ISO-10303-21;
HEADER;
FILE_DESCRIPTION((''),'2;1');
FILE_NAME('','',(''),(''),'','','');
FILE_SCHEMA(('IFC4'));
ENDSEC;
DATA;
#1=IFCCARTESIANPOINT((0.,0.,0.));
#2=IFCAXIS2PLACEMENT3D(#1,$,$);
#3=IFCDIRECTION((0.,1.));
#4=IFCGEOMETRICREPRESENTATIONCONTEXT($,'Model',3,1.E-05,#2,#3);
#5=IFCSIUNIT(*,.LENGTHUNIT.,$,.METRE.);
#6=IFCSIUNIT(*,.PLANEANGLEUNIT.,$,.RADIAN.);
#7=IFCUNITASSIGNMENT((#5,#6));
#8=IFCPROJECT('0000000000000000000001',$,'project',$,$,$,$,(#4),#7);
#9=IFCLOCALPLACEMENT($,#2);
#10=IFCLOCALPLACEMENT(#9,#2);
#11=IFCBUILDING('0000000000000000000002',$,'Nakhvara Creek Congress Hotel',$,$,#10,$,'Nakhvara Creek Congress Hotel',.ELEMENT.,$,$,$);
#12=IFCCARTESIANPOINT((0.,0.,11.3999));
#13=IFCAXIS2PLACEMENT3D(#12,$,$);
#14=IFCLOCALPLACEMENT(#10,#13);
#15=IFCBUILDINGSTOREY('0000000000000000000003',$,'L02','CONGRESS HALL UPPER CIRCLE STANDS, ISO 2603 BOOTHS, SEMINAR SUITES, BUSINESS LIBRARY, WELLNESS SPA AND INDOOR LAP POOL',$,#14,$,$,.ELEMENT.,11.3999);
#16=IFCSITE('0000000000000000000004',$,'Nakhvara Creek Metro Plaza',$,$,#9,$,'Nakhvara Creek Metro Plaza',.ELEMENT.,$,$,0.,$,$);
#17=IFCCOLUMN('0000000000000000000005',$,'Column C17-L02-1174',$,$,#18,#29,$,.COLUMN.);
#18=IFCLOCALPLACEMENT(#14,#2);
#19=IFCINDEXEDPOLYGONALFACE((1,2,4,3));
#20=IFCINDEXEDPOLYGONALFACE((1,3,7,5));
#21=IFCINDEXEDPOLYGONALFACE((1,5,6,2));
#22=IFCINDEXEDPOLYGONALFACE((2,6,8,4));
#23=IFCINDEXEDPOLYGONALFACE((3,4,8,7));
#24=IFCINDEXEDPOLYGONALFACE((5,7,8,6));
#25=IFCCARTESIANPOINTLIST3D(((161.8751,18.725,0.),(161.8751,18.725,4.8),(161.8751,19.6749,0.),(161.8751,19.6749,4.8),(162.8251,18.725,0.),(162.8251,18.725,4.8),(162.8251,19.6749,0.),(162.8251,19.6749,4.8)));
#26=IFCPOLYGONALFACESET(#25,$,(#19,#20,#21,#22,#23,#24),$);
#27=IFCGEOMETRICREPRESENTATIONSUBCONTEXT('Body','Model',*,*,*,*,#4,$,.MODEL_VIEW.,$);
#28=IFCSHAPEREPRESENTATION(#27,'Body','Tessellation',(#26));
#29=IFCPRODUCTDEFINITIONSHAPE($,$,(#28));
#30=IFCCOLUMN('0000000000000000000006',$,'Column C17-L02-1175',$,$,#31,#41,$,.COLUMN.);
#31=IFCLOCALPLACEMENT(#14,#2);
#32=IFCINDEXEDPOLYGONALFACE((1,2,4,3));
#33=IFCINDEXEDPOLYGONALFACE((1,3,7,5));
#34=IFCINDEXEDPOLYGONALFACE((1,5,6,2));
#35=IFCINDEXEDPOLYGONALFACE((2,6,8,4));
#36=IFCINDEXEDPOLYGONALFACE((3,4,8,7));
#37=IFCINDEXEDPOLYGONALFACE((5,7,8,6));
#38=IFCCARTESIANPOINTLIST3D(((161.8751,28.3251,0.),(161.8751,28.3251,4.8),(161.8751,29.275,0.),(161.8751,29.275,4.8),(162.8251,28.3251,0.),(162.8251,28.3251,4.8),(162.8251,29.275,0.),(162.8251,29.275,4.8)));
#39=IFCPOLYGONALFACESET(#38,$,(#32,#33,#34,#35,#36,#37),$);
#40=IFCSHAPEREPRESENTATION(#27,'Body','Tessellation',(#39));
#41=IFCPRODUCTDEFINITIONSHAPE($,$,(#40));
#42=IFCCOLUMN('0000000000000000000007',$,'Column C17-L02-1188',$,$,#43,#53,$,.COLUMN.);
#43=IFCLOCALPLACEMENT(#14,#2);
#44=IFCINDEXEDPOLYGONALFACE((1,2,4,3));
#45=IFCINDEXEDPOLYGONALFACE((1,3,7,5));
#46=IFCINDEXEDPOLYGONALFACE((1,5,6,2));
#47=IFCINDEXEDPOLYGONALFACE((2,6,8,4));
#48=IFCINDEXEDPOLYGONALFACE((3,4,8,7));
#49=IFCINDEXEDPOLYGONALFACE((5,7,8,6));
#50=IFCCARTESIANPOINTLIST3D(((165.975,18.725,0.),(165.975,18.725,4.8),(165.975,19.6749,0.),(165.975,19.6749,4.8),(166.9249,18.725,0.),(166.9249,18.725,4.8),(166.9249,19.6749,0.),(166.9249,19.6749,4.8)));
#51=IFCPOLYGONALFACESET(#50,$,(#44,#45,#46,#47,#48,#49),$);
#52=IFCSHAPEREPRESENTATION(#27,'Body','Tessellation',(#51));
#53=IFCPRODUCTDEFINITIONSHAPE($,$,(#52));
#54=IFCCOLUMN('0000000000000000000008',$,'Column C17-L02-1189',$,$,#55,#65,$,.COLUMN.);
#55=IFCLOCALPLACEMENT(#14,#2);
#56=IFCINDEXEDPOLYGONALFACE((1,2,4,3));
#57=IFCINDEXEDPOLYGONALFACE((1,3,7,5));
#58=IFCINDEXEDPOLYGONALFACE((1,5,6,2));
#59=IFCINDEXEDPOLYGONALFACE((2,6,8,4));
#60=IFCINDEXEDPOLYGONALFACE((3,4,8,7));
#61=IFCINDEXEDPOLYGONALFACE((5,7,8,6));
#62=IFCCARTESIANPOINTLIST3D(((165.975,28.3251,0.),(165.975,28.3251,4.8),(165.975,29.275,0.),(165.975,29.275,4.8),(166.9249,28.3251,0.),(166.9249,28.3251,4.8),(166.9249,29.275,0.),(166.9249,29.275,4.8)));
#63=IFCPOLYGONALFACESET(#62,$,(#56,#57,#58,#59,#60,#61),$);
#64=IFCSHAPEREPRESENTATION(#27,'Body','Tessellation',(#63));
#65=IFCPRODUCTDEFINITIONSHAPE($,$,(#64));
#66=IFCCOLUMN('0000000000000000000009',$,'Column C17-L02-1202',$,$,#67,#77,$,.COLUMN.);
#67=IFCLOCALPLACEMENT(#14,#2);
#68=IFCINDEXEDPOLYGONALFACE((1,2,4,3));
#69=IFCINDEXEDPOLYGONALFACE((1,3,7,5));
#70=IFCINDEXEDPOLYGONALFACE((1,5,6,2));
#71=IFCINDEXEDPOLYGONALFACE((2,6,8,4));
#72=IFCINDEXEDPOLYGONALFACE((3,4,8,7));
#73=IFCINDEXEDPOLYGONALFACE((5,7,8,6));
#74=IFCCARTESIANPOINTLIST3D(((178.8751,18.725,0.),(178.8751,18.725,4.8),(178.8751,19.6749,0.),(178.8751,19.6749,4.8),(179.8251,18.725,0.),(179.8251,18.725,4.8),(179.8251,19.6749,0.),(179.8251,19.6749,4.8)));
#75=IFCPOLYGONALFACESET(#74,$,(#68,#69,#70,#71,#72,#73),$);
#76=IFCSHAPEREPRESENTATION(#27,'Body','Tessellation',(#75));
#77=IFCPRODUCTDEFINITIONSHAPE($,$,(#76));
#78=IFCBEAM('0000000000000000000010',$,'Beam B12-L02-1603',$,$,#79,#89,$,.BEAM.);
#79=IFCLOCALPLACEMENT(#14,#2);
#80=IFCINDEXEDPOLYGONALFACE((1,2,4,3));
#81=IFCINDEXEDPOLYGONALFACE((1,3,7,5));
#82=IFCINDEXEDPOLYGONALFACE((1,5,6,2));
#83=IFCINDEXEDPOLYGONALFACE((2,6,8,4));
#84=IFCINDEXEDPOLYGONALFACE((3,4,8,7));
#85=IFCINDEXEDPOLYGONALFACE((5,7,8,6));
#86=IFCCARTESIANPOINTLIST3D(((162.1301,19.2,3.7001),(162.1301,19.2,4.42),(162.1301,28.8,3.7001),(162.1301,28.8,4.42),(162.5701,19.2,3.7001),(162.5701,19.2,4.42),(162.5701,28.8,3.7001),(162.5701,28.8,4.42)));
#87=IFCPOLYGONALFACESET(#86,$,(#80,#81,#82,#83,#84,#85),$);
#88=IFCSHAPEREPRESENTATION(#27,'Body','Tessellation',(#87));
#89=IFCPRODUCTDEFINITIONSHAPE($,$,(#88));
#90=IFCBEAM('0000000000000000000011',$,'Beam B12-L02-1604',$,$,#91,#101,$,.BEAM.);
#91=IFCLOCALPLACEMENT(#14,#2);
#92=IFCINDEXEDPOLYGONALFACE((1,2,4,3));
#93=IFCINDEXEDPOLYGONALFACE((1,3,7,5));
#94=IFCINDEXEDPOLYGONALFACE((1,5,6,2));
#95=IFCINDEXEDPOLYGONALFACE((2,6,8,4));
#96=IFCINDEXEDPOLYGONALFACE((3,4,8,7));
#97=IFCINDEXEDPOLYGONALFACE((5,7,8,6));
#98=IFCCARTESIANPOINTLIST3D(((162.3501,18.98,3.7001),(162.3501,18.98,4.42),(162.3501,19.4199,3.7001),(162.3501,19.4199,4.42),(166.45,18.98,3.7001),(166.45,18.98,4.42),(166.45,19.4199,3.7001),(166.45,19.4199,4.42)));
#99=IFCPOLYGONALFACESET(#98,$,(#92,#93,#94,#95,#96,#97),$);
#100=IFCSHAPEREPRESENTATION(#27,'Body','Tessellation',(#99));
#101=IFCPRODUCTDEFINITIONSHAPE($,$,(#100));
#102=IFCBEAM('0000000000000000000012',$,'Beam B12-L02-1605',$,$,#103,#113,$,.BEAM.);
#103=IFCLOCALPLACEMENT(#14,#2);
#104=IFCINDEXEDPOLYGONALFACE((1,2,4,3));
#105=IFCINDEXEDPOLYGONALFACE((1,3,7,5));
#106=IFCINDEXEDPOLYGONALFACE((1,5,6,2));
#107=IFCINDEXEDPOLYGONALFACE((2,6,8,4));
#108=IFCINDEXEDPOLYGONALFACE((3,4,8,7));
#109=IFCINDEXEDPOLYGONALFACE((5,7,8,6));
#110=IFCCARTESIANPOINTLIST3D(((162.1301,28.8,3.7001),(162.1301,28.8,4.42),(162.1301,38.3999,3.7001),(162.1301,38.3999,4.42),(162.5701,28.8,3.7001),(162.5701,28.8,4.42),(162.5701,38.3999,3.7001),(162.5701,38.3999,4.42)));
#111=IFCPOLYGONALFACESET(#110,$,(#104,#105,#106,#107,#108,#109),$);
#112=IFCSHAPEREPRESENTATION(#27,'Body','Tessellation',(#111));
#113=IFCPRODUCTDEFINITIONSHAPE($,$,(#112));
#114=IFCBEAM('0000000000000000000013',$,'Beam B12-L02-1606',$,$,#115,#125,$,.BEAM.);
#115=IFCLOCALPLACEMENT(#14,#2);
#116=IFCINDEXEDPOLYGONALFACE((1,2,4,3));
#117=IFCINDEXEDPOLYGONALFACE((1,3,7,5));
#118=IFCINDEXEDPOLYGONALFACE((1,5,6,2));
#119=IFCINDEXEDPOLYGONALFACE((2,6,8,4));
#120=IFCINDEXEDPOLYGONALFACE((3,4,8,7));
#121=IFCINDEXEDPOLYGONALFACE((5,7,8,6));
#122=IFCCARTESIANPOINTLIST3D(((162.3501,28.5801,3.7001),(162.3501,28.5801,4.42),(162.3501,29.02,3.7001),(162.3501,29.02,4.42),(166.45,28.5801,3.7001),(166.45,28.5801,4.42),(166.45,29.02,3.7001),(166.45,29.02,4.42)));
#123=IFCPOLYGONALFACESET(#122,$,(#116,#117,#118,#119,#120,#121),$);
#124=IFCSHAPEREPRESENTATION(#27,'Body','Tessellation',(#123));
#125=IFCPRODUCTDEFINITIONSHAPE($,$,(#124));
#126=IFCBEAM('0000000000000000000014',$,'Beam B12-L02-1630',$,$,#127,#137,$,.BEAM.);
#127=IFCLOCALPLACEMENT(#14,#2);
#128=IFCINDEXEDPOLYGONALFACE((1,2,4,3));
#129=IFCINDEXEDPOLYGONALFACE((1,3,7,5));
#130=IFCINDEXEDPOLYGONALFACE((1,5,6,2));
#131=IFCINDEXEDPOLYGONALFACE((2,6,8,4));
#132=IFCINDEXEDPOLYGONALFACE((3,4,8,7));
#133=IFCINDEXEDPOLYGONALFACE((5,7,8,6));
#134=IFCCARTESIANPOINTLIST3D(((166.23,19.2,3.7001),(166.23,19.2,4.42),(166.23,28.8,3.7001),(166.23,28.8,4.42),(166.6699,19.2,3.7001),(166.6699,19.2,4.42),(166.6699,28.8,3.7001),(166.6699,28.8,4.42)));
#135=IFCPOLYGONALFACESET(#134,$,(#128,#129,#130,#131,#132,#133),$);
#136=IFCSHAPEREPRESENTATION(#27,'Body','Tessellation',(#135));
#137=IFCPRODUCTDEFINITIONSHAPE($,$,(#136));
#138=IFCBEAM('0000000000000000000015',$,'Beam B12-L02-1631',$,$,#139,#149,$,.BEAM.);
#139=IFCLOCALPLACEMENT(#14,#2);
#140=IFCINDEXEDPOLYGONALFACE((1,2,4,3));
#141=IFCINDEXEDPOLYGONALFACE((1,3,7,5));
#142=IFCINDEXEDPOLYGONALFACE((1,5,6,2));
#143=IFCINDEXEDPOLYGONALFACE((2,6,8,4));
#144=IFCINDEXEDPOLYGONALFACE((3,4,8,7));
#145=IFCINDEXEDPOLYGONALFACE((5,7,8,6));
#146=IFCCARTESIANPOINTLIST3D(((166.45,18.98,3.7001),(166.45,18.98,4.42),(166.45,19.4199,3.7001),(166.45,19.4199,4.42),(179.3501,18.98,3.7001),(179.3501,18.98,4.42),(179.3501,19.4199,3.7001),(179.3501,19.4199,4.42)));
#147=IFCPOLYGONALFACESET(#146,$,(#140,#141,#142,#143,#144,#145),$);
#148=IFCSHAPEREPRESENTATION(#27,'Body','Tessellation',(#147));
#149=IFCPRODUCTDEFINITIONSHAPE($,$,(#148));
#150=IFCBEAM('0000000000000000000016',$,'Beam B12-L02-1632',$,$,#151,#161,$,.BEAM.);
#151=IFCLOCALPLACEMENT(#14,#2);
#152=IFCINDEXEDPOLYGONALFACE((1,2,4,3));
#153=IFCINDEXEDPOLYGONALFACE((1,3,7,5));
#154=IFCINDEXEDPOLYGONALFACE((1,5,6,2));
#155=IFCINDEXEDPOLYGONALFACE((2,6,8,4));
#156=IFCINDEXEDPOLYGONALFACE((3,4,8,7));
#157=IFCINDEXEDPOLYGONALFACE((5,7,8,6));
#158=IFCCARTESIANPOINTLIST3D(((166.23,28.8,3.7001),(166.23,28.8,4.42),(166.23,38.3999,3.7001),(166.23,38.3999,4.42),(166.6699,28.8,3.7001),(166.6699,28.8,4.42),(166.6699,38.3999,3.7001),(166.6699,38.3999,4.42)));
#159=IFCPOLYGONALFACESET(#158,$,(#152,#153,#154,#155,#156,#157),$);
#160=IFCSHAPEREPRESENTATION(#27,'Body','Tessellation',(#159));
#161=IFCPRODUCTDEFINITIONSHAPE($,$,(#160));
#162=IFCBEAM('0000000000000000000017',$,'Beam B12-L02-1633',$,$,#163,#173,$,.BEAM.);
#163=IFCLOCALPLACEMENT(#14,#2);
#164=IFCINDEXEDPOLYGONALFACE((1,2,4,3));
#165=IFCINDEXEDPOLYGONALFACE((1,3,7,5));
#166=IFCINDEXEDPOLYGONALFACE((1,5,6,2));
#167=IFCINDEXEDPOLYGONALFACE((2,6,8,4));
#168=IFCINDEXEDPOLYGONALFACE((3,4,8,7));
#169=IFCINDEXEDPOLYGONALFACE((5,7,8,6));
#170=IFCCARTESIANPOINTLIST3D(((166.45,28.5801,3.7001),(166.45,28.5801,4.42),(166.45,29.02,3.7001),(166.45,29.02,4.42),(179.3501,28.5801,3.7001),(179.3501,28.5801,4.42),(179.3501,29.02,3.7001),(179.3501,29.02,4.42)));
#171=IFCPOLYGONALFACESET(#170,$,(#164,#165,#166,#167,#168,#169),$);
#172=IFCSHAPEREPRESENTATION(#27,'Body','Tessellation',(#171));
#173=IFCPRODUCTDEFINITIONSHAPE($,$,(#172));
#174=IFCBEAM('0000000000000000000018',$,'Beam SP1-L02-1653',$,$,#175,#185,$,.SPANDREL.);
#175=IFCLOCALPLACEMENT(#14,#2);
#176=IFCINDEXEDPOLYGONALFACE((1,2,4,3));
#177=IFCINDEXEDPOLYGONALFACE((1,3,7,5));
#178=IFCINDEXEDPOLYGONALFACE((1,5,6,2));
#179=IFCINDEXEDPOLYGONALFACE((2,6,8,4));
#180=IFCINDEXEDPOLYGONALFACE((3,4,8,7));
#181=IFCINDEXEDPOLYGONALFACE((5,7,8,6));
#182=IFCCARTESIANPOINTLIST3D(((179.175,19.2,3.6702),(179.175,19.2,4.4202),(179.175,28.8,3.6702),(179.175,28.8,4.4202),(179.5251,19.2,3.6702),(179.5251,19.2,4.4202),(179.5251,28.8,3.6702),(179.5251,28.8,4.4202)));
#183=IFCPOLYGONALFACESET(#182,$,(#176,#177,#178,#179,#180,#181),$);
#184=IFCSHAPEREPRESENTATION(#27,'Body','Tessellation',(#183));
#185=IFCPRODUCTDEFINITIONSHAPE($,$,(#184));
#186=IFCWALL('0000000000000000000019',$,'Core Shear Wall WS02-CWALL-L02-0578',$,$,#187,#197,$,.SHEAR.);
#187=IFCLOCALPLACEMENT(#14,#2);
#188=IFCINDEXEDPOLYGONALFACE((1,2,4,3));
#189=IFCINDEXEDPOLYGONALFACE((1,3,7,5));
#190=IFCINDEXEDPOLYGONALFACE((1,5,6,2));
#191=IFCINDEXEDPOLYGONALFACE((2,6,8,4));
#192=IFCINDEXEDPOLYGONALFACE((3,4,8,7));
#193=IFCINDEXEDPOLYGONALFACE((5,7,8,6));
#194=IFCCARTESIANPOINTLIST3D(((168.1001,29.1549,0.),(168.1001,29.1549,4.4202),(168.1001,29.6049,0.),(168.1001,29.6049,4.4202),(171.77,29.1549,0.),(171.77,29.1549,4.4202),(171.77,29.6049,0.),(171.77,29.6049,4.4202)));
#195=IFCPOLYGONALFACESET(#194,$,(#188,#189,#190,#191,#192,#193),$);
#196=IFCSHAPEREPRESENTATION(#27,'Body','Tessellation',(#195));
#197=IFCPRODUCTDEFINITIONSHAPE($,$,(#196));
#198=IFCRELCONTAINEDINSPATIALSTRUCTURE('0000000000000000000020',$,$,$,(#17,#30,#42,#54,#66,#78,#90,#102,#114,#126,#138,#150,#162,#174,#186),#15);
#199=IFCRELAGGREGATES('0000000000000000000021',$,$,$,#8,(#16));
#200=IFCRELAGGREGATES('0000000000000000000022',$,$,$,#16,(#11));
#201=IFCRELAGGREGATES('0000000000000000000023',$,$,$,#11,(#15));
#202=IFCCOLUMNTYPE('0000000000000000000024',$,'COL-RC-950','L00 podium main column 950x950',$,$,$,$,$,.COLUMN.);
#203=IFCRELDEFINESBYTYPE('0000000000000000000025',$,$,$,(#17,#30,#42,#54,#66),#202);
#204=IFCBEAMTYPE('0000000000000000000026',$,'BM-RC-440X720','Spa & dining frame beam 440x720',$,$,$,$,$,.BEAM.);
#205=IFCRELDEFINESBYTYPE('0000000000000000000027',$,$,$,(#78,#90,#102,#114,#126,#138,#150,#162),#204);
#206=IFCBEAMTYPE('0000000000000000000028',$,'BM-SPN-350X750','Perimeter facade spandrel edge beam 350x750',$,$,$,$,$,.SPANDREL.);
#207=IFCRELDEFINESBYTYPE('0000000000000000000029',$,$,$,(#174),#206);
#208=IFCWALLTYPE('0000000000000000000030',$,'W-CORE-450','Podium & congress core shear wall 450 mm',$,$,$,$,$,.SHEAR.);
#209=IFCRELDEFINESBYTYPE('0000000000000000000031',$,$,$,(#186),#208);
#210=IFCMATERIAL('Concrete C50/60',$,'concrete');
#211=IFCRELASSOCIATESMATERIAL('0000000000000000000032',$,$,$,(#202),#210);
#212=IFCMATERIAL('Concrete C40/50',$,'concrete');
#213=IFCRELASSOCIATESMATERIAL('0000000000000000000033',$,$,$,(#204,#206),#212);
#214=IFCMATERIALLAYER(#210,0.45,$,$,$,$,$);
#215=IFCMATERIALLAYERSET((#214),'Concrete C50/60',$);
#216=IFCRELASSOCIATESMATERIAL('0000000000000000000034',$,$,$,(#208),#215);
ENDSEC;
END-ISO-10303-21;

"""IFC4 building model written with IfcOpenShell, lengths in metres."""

from ifc_helpers import new_model, si_unit, direction, frame, frame_2d, origin, origin_2d, place, context, subcontext, project, spatial, rectangle, extrude, material, layer, layer_set, material_profile, profile_set, type_object, element, save


model = new_model("IFC4")

# Units and contexts
model_context = context("Model", 3, precision=1e-05, world=origin(), true_north=direction((0.0, 1.0)))
body_context = subcontext(model_context, "Body", "Model", "MODEL_VIEW")
ifc_project = project(units=[si_unit("LENGTHUNIT", "METRE"), si_unit("PLANEANGLEUNIT", "RADIAN")], contexts=[model_context])

# Site, building, storey
site_placement = place(None, origin())
site = spatial("IfcSite", under=ifc_project, at=site_placement, Name="Nakhvara Creek Metro Plaza", LongName="Nakhvara Creek Metro Plaza", CompositionType="ELEMENT", RefElevation=0.0)
building_placement = place(site_placement, origin())
building = spatial("IfcBuilding", under=site, at=building_placement, Name="Nakhvara Creek Congress Hotel", LongName="Nakhvara Creek Congress Hotel", CompositionType="ELEMENT")
storey_placement = place(building_placement, frame((0.0, 0.0, 11.3999)))
storey = spatial("IfcBuildingStorey", under=building, at=storey_placement, Name="L02", Description="CONGRESS HALL UPPER CIRCLE STANDS, ISO 2603 BOOTHS, SEMINAR SUITES, BUSINESS LIBRARY, WELLNESS SPA AND INDOOR LAP POOL", CompositionType="ELEMENT", Elevation=11.3999)

# Columns
ifc_material_1 = material(Name="Concrete C50/60", Category="concrete")
ifc_material_profile_1 = material_profile(ifc_material_1, rectangle(XDim=0.95, YDim=0.95, at=origin_2d()), Name="RC-COL 950x950", Category="LoadBearing")
ifc_profile_set_1 = profile_set([ifc_material_profile_1], Name="Concrete C50/60")
column_type = type_object("IfcColumnType", Name="COL-RC-950", Description="L00 podium main column 950x950", PredefinedType="COLUMN", material=ifc_profile_set_1)
for number, where, z_axis, x_axis, name in (
    (1, (162.3501, 19.2, 0.0), (0.0, 0.0, 1.0), (1.0, 0.0, 0.0), "Column C17-L02-1174"),
    (2, (162.3501, 28.8, 0.0), (0.0, 0.0, 1.0), (1.0, 0.0, 0.0), "Column C17-L02-1175"),
    (3, (166.45, 19.2, 0.0), (0.0, 0.0, 1.0), (1.0, 0.0, 0.0), "Column C17-L02-1188"),
    (4, (166.45, 28.8, 0.0), (0.0, 0.0, 1.0), (1.0, 0.0, 0.0), "Column C17-L02-1189"),
    (5, (179.3501, 19.2, 0.0), (0.0, 0.0, 1.0), (1.0, 0.0, 0.0), "Column C17-L02-1202"),
):
    element("IfcColumn", number, at=place(storey_placement, frame(where, z_axis=z_axis, x_axis=x_axis)), inside=storey, type_object=column_type, Name=name, PredefinedType="COLUMN", context=body_context, shape_type="SweptSolid", body=[
        extrude(rectangle(XDim=0.95, YDim=0.95, at=origin_2d()), origin(), (0.0, 0.0, 1.0), 4.8),
    ])

# Beams
ifc_material_2 = material(Name="Concrete C40/50", Category="concrete")
ifc_material_profile_2 = material_profile(ifc_material_2, rectangle(XDim=0.4399, YDim=0.72, at=origin_2d()), Name="RC-BM 440x720", Category="LoadBearing")
ifc_profile_set_2 = profile_set([ifc_material_profile_2], Name="Concrete C40/50")
beam_type_1 = type_object("IfcBeamType", Name="BM-RC-440X720", Description="Spa & dining frame beam 440x720", PredefinedType="BEAM", material=ifc_profile_set_2)
beam_1_placement = place(storey_placement, frame((162.3501, 19.2, 4.0601), z_axis=(0.0, 1.0, 0.0), x_axis=(-1.0, 0.0, 0.0)))
element("IfcBeam", 6, at=beam_1_placement, inside=storey, type_object=beam_type_1, Name="Beam B12-L02-1603", PredefinedType="BEAM", context=body_context, shape_type="SweptSolid", body=[
    extrude(rectangle(XDim=0.4399, YDim=0.72, at=origin_2d()), origin(), (0.0, 0.0, 1.0), 9.6001),
])
beam_2_placement = place(storey_placement, frame((162.3501, 19.2, 4.0601), z_axis=(1.0, 0.0, 0.0), x_axis=(0.0, 1.0, 0.0)))
element("IfcBeam", 7, at=beam_2_placement, inside=storey, type_object=beam_type_1, Name="Beam B12-L02-1604", PredefinedType="BEAM", context=body_context, shape_type="SweptSolid", body=[
    extrude(rectangle(XDim=0.4399, YDim=0.72, at=origin_2d()), origin(), (0.0, 0.0, 1.0), 4.0999),
])
beam_3_placement = place(storey_placement, frame((162.3501, 28.8, 4.0601), z_axis=(0.0, 1.0, 0.0), x_axis=(-1.0, 0.0, 0.0)))
element("IfcBeam", 8, at=beam_3_placement, inside=storey, type_object=beam_type_1, Name="Beam B12-L02-1605", PredefinedType="BEAM", context=body_context, shape_type="SweptSolid", body=[
    extrude(rectangle(XDim=0.4399, YDim=0.72, at=origin_2d()), origin(), (0.0, 0.0, 1.0), 9.5999),
])
beam_4_placement = place(storey_placement, frame((162.3501, 28.8, 4.0601), z_axis=(1.0, 0.0, 0.0), x_axis=(0.0, 1.0, 0.0)))
element("IfcBeam", 9, at=beam_4_placement, inside=storey, type_object=beam_type_1, Name="Beam B12-L02-1606", PredefinedType="BEAM", context=body_context, shape_type="SweptSolid", body=[
    extrude(rectangle(XDim=0.4399, YDim=0.72, at=origin_2d()), origin(), (0.0, 0.0, 1.0), 4.0999),
])
beam_5_placement = place(storey_placement, frame((166.45, 19.2, 4.0601), z_axis=(0.0, 1.0, 0.0), x_axis=(-1.0, 0.0, 0.0)))
element("IfcBeam", 10, at=beam_5_placement, inside=storey, type_object=beam_type_1, Name="Beam B12-L02-1630", PredefinedType="BEAM", context=body_context, shape_type="SweptSolid", body=[
    extrude(rectangle(XDim=0.4399, YDim=0.72, at=origin_2d()), origin(), (0.0, 0.0, 1.0), 9.6001),
])
beam_6_placement = place(storey_placement, frame((166.45, 19.2, 4.0601), z_axis=(1.0, 0.0, 0.0), x_axis=(0.0, 1.0, 0.0)))
element("IfcBeam", 11, at=beam_6_placement, inside=storey, type_object=beam_type_1, Name="Beam B12-L02-1631", PredefinedType="BEAM", context=body_context, shape_type="SweptSolid", body=[
    extrude(rectangle(XDim=0.4399, YDim=0.72, at=origin_2d()), origin(), (0.0, 0.0, 1.0), 12.9001),
])
beam_7_placement = place(storey_placement, frame((166.45, 28.8, 4.0601), z_axis=(0.0, 1.0, 0.0), x_axis=(-1.0, 0.0, 0.0)))
element("IfcBeam", 12, at=beam_7_placement, inside=storey, type_object=beam_type_1, Name="Beam B12-L02-1632", PredefinedType="BEAM", context=body_context, shape_type="SweptSolid", body=[
    extrude(rectangle(XDim=0.4399, YDim=0.72, at=origin_2d()), origin(), (0.0, 0.0, 1.0), 9.5999),
])
beam_8_placement = place(storey_placement, frame((166.45, 28.8, 4.0601), z_axis=(1.0, 0.0, 0.0), x_axis=(0.0, 1.0, 0.0)))
element("IfcBeam", 13, at=beam_8_placement, inside=storey, type_object=beam_type_1, Name="Beam B12-L02-1633", PredefinedType="BEAM", context=body_context, shape_type="SweptSolid", body=[
    extrude(rectangle(XDim=0.4399, YDim=0.72, at=origin_2d()), origin(), (0.0, 0.0, 1.0), 12.9001),
])
ifc_material_profile_3 = material_profile(ifc_material_2, rectangle(XDim=0.3501, YDim=0.75, at=origin_2d()), Name="RC-SPANDREL 350x750", Category="LoadBearing")
ifc_profile_set_3 = profile_set([ifc_material_profile_3], Name="Concrete C40/50")
beam_type_2 = type_object("IfcBeamType", Name="BM-SPN-350X750", Description="Perimeter facade spandrel edge beam 350x750", PredefinedType="SPANDREL", material=ifc_profile_set_3)
beam_9_placement = place(storey_placement, frame((179.3501, 19.2, 4.0452), z_axis=(0.0, 1.0, 0.0), x_axis=(-1.0, 0.0, 0.0)))
element("IfcBeam", 14, at=beam_9_placement, inside=storey, type_object=beam_type_2, Name="Beam SP1-L02-1653", PredefinedType="SPANDREL", context=body_context, shape_type="SweptSolid", body=[
    extrude(rectangle(XDim=0.3501, YDim=0.75, at=origin_2d()), origin(), (0.0, 0.0, 1.0), 9.6001),
])

# Wall
ifc_layer_1 = layer(ifc_material_1, 0.45)
ifc_layer_set_1 = layer_set([ifc_layer_1], Name="Concrete C50/60")
wall_type_1 = type_object("IfcWallType", Name="W-CORE-450", Description="Podium & congress core shear wall 450 mm", PredefinedType="SHEAR", material=ifc_layer_set_1)
wall_1_placement = place(storey_placement, frame((168.1001, 29.3799, 0.0), z_axis=(0.0, 0.0, 1.0), x_axis=(1.0, 0.0, 0.0)))
element("IfcWall", 15, at=wall_1_placement, inside=storey, type_object=wall_type_1, Name="Core Shear Wall WS02-CWALL-L02-0578", PredefinedType="SHEAR", context=body_context, shape_type="SweptSolid", body=[
    extrude(rectangle(XDim=3.6699, YDim=0.45, at=frame_2d((1.835, 0.0))), origin(), (0.0, 0.0, 1.0), 4.4202),
])

save(model, "model.ifc")
